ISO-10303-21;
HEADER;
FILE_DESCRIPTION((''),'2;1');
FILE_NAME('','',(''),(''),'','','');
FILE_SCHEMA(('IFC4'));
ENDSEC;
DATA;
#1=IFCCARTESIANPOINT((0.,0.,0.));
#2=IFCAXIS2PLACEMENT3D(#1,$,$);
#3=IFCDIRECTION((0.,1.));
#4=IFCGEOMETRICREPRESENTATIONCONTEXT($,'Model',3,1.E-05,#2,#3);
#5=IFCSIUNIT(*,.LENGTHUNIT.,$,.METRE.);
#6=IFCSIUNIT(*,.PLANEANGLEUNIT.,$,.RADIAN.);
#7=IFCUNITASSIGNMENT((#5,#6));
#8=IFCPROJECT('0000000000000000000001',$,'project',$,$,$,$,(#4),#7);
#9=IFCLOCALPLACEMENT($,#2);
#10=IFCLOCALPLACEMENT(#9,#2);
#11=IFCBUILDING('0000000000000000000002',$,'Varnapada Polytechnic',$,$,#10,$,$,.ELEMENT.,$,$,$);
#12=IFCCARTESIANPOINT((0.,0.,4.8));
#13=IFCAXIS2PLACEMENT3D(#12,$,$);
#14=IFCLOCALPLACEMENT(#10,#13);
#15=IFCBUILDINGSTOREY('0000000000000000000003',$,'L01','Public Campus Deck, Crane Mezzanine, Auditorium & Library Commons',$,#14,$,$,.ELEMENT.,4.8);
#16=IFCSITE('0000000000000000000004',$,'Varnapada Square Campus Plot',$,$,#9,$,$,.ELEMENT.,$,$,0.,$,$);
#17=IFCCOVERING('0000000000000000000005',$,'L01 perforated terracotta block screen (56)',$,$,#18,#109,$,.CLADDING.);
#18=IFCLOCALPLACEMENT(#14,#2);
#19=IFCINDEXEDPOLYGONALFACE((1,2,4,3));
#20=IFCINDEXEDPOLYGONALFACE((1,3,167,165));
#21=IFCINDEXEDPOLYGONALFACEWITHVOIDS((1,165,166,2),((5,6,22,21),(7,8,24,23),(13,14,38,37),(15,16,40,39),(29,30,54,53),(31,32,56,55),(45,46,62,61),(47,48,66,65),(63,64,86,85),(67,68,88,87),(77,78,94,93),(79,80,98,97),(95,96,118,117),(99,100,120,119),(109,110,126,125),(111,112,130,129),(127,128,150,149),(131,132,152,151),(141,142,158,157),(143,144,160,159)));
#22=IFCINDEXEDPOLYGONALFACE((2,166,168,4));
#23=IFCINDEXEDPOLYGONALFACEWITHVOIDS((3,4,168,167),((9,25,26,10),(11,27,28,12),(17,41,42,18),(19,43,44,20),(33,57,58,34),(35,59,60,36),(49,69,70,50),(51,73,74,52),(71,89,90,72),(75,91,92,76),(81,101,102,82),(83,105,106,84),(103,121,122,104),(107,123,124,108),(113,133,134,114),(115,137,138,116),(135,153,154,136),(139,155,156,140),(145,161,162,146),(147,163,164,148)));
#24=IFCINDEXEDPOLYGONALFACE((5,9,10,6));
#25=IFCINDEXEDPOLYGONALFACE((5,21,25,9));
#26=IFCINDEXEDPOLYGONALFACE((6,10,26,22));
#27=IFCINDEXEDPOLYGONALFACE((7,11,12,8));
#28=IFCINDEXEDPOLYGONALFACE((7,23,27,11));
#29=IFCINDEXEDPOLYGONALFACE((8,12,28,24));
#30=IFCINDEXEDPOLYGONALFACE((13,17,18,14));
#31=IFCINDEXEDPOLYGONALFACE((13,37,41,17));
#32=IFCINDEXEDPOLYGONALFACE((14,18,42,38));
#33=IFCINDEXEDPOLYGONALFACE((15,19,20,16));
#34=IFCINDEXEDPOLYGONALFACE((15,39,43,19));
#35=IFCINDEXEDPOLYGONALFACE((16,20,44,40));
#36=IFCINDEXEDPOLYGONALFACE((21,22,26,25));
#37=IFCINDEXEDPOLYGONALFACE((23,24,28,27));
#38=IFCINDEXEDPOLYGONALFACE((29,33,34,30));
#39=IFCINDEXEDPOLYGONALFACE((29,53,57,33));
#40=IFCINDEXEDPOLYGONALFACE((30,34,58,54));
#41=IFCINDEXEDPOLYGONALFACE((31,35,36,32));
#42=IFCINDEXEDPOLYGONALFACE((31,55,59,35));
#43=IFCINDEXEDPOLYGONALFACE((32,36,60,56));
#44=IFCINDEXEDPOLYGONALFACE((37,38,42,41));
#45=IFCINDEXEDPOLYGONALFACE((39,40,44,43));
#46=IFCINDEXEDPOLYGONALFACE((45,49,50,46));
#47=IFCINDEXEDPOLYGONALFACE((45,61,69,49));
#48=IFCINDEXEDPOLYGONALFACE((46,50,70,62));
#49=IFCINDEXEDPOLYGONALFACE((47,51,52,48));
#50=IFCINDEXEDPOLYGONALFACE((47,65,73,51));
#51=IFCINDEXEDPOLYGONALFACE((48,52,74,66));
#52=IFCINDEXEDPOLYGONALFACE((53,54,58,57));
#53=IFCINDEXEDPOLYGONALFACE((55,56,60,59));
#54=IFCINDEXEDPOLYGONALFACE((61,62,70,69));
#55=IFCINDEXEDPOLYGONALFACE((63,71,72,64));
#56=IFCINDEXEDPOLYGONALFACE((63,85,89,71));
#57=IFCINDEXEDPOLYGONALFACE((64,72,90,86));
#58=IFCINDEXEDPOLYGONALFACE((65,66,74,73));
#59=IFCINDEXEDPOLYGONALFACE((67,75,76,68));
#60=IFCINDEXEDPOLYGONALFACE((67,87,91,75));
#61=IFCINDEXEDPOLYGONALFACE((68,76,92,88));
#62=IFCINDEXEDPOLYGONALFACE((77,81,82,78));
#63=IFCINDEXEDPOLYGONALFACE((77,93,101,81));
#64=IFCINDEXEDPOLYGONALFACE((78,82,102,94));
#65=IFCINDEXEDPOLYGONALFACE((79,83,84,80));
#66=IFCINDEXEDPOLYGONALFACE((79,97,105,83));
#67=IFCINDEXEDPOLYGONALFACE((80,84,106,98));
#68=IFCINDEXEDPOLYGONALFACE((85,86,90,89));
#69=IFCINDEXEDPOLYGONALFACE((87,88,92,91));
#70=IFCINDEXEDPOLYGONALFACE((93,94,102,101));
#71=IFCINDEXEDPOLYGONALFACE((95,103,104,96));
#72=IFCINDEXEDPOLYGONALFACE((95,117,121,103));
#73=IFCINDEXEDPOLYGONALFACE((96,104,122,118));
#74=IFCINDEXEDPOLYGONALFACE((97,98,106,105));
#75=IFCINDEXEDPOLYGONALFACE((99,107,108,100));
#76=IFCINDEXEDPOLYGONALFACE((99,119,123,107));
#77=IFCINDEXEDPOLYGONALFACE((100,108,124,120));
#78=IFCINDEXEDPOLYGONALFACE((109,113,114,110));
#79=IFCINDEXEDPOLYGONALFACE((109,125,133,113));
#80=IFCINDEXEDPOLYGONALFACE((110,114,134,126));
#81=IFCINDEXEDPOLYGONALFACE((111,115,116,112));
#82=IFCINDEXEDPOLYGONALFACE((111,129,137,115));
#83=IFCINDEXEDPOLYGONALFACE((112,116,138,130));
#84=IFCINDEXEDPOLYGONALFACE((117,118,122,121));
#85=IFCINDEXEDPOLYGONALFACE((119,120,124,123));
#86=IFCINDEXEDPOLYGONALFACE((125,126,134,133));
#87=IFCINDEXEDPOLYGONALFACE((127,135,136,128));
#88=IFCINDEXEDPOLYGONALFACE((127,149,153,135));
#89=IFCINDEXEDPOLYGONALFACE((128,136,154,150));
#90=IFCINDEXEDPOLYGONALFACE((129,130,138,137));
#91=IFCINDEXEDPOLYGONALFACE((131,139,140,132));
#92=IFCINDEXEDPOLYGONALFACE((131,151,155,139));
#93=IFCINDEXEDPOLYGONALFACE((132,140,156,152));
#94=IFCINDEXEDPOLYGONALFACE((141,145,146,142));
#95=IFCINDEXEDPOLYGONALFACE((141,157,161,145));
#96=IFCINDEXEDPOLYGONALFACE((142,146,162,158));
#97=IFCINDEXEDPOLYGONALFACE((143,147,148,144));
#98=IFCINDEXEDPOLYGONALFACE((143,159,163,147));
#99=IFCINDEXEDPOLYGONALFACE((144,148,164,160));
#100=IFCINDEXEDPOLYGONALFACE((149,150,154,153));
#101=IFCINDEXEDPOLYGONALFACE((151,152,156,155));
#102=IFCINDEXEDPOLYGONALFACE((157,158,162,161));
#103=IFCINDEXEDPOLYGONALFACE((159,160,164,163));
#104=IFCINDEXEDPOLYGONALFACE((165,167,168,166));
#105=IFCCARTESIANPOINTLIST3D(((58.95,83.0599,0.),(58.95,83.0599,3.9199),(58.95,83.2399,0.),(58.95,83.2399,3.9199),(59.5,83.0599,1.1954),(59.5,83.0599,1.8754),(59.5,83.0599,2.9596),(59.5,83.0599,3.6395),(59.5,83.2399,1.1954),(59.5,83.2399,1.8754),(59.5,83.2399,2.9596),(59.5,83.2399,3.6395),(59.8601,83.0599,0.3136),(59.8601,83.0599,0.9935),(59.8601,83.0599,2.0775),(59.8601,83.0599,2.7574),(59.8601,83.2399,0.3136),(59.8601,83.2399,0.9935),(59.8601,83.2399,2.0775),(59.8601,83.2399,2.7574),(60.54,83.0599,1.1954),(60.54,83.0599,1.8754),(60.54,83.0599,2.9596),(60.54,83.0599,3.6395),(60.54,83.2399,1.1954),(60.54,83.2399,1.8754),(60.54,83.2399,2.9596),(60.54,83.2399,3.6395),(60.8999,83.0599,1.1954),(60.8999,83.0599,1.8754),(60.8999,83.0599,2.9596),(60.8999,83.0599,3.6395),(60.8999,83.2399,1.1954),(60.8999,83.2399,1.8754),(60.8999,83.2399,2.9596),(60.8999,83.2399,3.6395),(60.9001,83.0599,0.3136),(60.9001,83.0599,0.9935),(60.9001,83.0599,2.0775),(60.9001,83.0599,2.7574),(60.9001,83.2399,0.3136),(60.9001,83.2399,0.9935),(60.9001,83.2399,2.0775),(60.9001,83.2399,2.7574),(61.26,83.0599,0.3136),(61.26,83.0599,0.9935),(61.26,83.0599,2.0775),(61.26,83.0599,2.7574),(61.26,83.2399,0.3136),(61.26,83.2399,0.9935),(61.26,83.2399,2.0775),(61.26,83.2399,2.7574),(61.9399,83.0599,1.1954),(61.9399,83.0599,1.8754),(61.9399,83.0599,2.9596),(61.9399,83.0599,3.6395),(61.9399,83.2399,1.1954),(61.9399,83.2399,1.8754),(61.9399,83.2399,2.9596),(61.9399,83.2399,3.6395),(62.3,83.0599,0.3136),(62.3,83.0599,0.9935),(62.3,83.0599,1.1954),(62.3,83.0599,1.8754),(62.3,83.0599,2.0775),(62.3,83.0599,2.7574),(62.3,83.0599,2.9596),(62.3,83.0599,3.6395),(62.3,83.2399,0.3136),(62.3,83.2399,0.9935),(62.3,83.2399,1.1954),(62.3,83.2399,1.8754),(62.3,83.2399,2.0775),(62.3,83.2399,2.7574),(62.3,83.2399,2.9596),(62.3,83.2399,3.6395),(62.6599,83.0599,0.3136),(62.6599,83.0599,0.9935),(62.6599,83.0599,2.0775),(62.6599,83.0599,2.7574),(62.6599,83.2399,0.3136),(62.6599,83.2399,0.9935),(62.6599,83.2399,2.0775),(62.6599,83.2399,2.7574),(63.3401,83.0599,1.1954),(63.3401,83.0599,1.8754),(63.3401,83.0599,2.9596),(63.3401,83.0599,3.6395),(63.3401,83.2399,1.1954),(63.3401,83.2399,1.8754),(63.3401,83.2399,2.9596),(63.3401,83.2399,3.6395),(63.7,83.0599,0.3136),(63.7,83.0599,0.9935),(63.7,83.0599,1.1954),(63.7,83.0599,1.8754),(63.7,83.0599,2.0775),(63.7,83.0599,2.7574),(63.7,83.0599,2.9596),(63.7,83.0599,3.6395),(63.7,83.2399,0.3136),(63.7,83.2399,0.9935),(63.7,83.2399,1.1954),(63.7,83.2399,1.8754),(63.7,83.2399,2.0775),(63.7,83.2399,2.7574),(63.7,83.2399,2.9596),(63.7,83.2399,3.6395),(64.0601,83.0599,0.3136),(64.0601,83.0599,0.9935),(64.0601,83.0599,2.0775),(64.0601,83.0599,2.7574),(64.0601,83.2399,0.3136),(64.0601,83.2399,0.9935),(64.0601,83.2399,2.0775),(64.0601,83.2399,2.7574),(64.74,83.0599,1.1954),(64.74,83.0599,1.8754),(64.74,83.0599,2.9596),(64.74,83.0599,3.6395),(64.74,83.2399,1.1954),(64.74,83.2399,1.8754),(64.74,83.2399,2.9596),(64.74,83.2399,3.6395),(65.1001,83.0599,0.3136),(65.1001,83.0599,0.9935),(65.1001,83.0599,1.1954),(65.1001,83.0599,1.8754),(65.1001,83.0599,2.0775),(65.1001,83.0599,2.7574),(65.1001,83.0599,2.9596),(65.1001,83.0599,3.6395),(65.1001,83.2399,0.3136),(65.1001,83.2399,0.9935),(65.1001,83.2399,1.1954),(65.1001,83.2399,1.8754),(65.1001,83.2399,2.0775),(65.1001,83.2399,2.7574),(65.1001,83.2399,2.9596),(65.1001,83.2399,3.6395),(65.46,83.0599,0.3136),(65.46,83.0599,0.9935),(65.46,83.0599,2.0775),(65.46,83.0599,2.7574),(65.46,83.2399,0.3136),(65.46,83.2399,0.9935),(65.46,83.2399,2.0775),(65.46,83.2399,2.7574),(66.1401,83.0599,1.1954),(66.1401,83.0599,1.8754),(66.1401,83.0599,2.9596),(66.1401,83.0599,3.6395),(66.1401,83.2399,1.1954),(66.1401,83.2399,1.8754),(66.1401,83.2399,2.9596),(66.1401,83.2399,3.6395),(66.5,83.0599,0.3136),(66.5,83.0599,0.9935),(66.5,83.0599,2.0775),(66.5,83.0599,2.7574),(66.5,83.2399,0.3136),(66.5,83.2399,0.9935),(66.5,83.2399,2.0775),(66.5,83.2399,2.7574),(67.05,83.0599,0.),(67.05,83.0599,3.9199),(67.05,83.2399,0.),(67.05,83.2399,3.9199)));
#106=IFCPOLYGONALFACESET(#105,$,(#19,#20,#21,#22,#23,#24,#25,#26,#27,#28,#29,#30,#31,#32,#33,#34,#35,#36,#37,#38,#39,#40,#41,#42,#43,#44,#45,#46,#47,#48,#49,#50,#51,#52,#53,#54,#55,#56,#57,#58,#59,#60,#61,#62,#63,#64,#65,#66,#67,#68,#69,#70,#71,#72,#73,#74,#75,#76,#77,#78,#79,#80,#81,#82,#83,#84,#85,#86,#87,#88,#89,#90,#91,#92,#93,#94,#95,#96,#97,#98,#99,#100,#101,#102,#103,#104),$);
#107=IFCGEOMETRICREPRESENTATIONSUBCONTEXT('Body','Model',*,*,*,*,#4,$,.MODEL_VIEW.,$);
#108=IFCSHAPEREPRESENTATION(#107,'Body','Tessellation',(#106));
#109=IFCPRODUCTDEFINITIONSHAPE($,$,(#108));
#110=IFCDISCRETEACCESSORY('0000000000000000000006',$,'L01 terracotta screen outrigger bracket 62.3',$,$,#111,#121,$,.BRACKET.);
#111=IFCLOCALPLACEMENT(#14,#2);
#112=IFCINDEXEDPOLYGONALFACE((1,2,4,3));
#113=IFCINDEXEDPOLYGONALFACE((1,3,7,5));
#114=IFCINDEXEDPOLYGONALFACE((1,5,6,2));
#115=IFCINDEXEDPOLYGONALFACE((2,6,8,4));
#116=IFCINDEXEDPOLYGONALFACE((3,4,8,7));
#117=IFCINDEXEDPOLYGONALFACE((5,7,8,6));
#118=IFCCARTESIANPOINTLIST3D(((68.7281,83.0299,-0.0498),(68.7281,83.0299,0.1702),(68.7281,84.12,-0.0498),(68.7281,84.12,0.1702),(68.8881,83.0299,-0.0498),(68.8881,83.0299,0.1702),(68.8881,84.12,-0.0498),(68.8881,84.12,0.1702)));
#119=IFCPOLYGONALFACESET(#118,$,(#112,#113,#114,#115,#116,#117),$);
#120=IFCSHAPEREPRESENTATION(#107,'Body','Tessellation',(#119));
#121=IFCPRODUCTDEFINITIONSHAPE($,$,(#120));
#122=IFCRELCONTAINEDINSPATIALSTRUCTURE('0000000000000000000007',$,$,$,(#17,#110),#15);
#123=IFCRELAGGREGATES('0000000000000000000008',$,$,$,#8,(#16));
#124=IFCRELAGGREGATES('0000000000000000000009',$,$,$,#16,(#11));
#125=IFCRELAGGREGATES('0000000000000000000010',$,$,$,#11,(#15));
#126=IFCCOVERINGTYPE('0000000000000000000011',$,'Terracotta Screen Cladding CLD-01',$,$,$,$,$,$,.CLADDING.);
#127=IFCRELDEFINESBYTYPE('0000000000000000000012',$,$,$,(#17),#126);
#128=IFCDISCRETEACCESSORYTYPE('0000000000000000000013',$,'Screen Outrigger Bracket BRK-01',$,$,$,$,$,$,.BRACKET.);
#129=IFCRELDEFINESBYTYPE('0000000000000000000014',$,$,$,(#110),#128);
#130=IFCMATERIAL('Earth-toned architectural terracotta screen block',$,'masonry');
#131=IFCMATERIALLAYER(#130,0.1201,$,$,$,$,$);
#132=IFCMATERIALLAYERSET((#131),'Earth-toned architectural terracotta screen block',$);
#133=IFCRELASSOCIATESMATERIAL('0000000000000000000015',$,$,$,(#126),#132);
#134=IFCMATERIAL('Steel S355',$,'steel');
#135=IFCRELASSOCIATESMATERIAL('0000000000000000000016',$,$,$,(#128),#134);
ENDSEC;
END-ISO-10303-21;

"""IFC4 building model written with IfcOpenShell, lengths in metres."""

from ifc_helpers import new_model, si_unit, direction, frame, frame_2d, origin, origin_2d, place, context, subcontext, project, spatial, rectangle, extrude, material, layer, layer_set, type_object, element, save


model = new_model("IFC4")

# Units and contexts
model_context = context("Model", 3, precision=1e-05, world=origin(), true_north=direction((0.0, 1.0)))
body_context = subcontext(model_context, "Body", "Model", "MODEL_VIEW")
ifc_project = project(units=[si_unit("LENGTHUNIT", "METRE"), si_unit("PLANEANGLEUNIT", "RADIAN")], contexts=[model_context])

# Site, building, storey
site_placement = place(None, origin())
site = spatial("IfcSite", under=ifc_project, at=site_placement, Name="Varnapada Square Campus Plot", CompositionType="ELEMENT", RefElevation=0.0)
building_placement = place(site_placement, origin())
building = spatial("IfcBuilding", under=site, at=building_placement, Name="Varnapada Polytechnic", CompositionType="ELEMENT")
storey_placement = place(building_placement, frame((0.0, 0.0, 4.8)))
storey = spatial("IfcBuildingStorey", under=building, at=storey_placement, Name="L01", Description="Public Campus Deck, Crane Mezzanine, Auditorium & Library Commons", CompositionType="ELEMENT", Elevation=4.8)

# Shared definitions
ifc_material_1 = material(Name="Steel S355", Category="steel")

# Covering, openings
ifc_material_2 = material(Name="Earth-toned architectural terracotta screen block", Category="masonry")
ifc_layer_1 = layer(ifc_material_2, 0.1201)
ifc_layer_set_1 = layer_set([ifc_layer_1], Name="Earth-toned architectural terracotta screen block")
covering_type = type_object("IfcCoveringType", Name="Terracotta Screen Cladding CLD-01", PredefinedType="CLADDING", material=ifc_layer_set_1)
covering_placement = place(storey_placement, frame((67.05, 83.1499, 0.0), z_axis=(0.0, 0.0, 1.0), x_axis=(-1.0, 0.0, 0.0)))
covering = element("IfcCovering", 1, at=covering_placement, inside=storey, type_object=covering_type, Name="L01 perforated terracotta block screen (56)", PredefinedType="CLADDING", context=body_context, shape_type="SweptSolid", body=[
    extrude(rectangle(XDim=8.1001, YDim=0.1799, at=frame_2d((4.05, 0.0))), origin(), (0.0, 0.0, 1.0), 3.9199),
])
opening_1_placement = place(covering_placement, frame((0.55, 0.0, 0.3137)))
element("IfcOpeningElement", 2, at=opening_1_placement, cuts=covering, PredefinedType="OPENING", context=body_context, shape_type="SweptSolid", body=[
    extrude(rectangle(XDim=1.04, YDim=0.6799, at=frame_2d((0.52, 0.3398))), frame((0.0, 0.0999, 0.0), z_axis=(0.0, -1.0, 0.0), x_axis=(1.0, 0.0, 0.0)), (0.0, 0.0, 1.0), 0.2),
])
opening_2_placement = place(covering_placement, frame((1.95, 0.0, 0.3137)))
element("IfcOpeningElement", 3, at=opening_2_placement, cuts=covering, PredefinedType="OPENING", context=body_context, shape_type="SweptSolid", body=[
    extrude(rectangle(XDim=1.04, YDim=0.6799, at=frame_2d((0.52, 0.3398))), frame((0.0, 0.0999, 0.0), z_axis=(0.0, -1.0, 0.0), x_axis=(1.0, 0.0, 0.0)), (0.0, 0.0, 1.0), 0.2),
])
opening_3_placement = place(covering_placement, frame((3.3501, 0.0, 0.3137)))
element("IfcOpeningElement", 4, at=opening_3_placement, cuts=covering, PredefinedType="OPENING", context=body_context, shape_type="SweptSolid", body=[
    extrude(rectangle(XDim=1.04, YDim=0.6799, at=frame_2d((0.52, 0.3398))), frame((0.0, 0.0999, 0.0), z_axis=(0.0, -1.0, 0.0), x_axis=(1.0, 0.0, 0.0)), (0.0, 0.0, 1.0), 0.2),
])
opening_4_placement = place(covering_placement, frame((4.75, 0.0, 0.3137)))
element("IfcOpeningElement", 5, at=opening_4_placement, cuts=covering, PredefinedType="OPENING", context=body_context, shape_type="SweptSolid", body=[
    extrude(rectangle(XDim=1.04, YDim=0.6799, at=frame_2d((0.52, 0.3398))), frame((0.0, 0.0999, 0.0), z_axis=(0.0, -1.0, 0.0), x_axis=(1.0, 0.0, 0.0)), (0.0, 0.0, 1.0), 0.2),
])
opening_5_placement = place(covering_placement, frame((6.1499, 0.0, 0.3137)))
element("IfcOpeningElement", 6, at=opening_5_placement, cuts=covering, PredefinedType="OPENING", context=body_context, shape_type="SweptSolid", body=[
    extrude(rectangle(XDim=1.04, YDim=0.6799, at=frame_2d((0.52, 0.3398))), frame((0.0, 0.0999, 0.0), z_axis=(0.0, -1.0, 0.0), x_axis=(1.0, 0.0, 0.0)), (0.0, 0.0, 1.0), 0.2),
])
opening_6_placement = place(covering_placement, frame((0.9099, 0.0, 1.1956)))
element("IfcOpeningElement", 7, at=opening_6_placement, cuts=covering, PredefinedType="OPENING", context=body_context, shape_type="SweptSolid", body=[
    extrude(rectangle(XDim=1.04, YDim=0.6799, at=frame_2d((0.52, 0.3398))), frame((0.0, 0.0999, 0.0), z_axis=(0.0, -1.0, 0.0), x_axis=(1.0, 0.0, 0.0)), (0.0, 0.0, 1.0), 0.2),
])
opening_7_placement = place(covering_placement, frame((2.3101, 0.0, 1.1956)))
element("IfcOpeningElement", 8, at=opening_7_placement, cuts=covering, PredefinedType="OPENING", context=body_context, shape_type="SweptSolid", body=[
    extrude(rectangle(XDim=1.04, YDim=0.6799, at=frame_2d((0.52, 0.3398))), frame((0.0, 0.0999, 0.0), z_axis=(0.0, -1.0, 0.0), x_axis=(1.0, 0.0, 0.0)), (0.0, 0.0, 1.0), 0.2),
])
opening_8_placement = place(covering_placement, frame((3.71, 0.0, 1.1956)))
element("IfcOpeningElement", 9, at=opening_8_placement, cuts=covering, PredefinedType="OPENING", context=body_context, shape_type="SweptSolid", body=[
    extrude(rectangle(XDim=1.04, YDim=0.6799, at=frame_2d((0.52, 0.3398))), frame((0.0, 0.0999, 0.0), z_axis=(0.0, -1.0, 0.0), x_axis=(1.0, 0.0, 0.0)), (0.0, 0.0, 1.0), 0.2),
])
opening_9_placement = place(covering_placement, frame((5.1101, 0.0, 1.1956)))
element("IfcOpeningElement", 10, at=opening_9_placement, cuts=covering, PredefinedType="OPENING", context=body_context, shape_type="SweptSolid", body=[
    extrude(rectangle(XDim=1.04, YDim=0.6799, at=frame_2d((0.52, 0.3398))), frame((0.0, 0.0999, 0.0), z_axis=(0.0, -1.0, 0.0), x_axis=(1.0, 0.0, 0.0)), (0.0, 0.0, 1.0), 0.2),
])
opening_10_placement = place(covering_placement, frame((6.51, 0.0, 1.1956)))
element("IfcOpeningElement", 11, at=opening_10_placement, cuts=covering, PredefinedType="OPENING", context=body_context, shape_type="SweptSolid", body=[
    extrude(rectangle(XDim=1.04, YDim=0.6799, at=frame_2d((0.52, 0.3398))), frame((0.0, 0.0999, 0.0), z_axis=(0.0, -1.0, 0.0), x_axis=(1.0, 0.0, 0.0)), (0.0, 0.0, 1.0), 0.2),
])
opening_11_placement = place(covering_placement, frame((0.55, 0.0, 2.0776)))
element("IfcOpeningElement", 12, at=opening_11_placement, cuts=covering, PredefinedType="OPENING", context=body_context, shape_type="SweptSolid", body=[
    extrude(rectangle(XDim=1.04, YDim=0.6799, at=frame_2d((0.52, 0.3398))), frame((0.0, 0.0999, 0.0), z_axis=(0.0, -1.0, 0.0), x_axis=(1.0, 0.0, 0.0)), (0.0, 0.0, 1.0), 0.2),
])
opening_12_placement = place(covering_placement, frame((1.95, 0.0, 2.0776)))
element("IfcOpeningElement", 13, at=opening_12_placement, cuts=covering, PredefinedType="OPENING", context=body_context, shape_type="SweptSolid", body=[
    extrude(rectangle(XDim=1.04, YDim=0.6799, at=frame_2d((0.52, 0.3398))), frame((0.0, 0.0999, 0.0), z_axis=(0.0, -1.0, 0.0), x_axis=(1.0, 0.0, 0.0)), (0.0, 0.0, 1.0), 0.2),
])
opening_13_placement = place(covering_placement, frame((3.3501, 0.0, 2.0776)))
element("IfcOpeningElement", 14, at=opening_13_placement, cuts=covering, PredefinedType="OPENING", context=body_context, shape_type="SweptSolid", body=[
    extrude(rectangle(XDim=1.04, YDim=0.6799, at=frame_2d((0.52, 0.3398))), frame((0.0, 0.0999, 0.0), z_axis=(0.0, -1.0, 0.0), x_axis=(1.0, 0.0, 0.0)), (0.0, 0.0, 1.0), 0.2),
])
opening_14_placement = place(covering_placement, frame((4.75, 0.0, 2.0776)))
element("IfcOpeningElement", 15, at=opening_14_placement, cuts=covering, PredefinedType="OPENING", context=body_context, shape_type="SweptSolid", body=[
    extrude(rectangle(XDim=1.04, YDim=0.6799, at=frame_2d((0.52, 0.3398))), frame((0.0, 0.0999, 0.0), z_axis=(0.0, -1.0, 0.0), x_axis=(1.0, 0.0, 0.0)), (0.0, 0.0, 1.0), 0.2),
])
opening_15_placement = place(covering_placement, frame((6.1499, 0.0, 2.0776)))
element("IfcOpeningElement", 16, at=opening_15_placement, cuts=covering, PredefinedType="OPENING", context=body_context, shape_type="SweptSolid", body=[
    extrude(rectangle(XDim=1.04, YDim=0.6799, at=frame_2d((0.52, 0.3398))), frame((0.0, 0.0999, 0.0), z_axis=(0.0, -1.0, 0.0), x_axis=(1.0, 0.0, 0.0)), (0.0, 0.0, 1.0), 0.2),
])
opening_16_placement = place(covering_placement, frame((0.9099, 0.0, 2.9597)))
element("IfcOpeningElement", 17, at=opening_16_placement, cuts=covering, PredefinedType="OPENING", context=body_context, shape_type="SweptSolid", body=[
    extrude(rectangle(XDim=1.04, YDim=0.6799, at=frame_2d((0.52, 0.3398))), frame((0.0, 0.0999, 0.0), z_axis=(0.0, -1.0, 0.0), x_axis=(1.0, 0.0, 0.0)), (0.0, 0.0, 1.0), 0.2),
])
opening_17_placement = place(covering_placement, frame((2.3101, 0.0, 2.9597)))
element("IfcOpeningElement", 18, at=opening_17_placement, cuts=covering, PredefinedType="OPENING", context=body_context, shape_type="SweptSolid", body=[
    extrude(rectangle(XDim=1.04, YDim=0.6799, at=frame_2d((0.52, 0.3398))), frame((0.0, 0.0999, 0.0), z_axis=(0.0, -1.0, 0.0), x_axis=(1.0, 0.0, 0.0)), (0.0, 0.0, 1.0), 0.2),
])
opening_18_placement = place(covering_placement, frame((3.71, 0.0, 2.9597)))
element("IfcOpeningElement", 19, at=opening_18_placement, cuts=covering, PredefinedType="OPENING", context=body_context, shape_type="SweptSolid", body=[
    extrude(rectangle(XDim=1.04, YDim=0.6799, at=frame_2d((0.52, 0.3398))), frame((0.0, 0.0999, 0.0), z_axis=(0.0, -1.0, 0.0), x_axis=(1.0, 0.0, 0.0)), (0.0, 0.0, 1.0), 0.2),
])
opening_19_placement = place(covering_placement, frame((5.1101, 0.0, 2.9597)))
element("IfcOpeningElement", 20, at=opening_19_placement, cuts=covering, PredefinedType="OPENING", context=body_context, shape_type="SweptSolid", body=[
    extrude(rectangle(XDim=1.04, YDim=0.6799, at=frame_2d((0.52, 0.3398))), frame((0.0, 0.0999, 0.0), z_axis=(0.0, -1.0, 0.0), x_axis=(1.0, 0.0, 0.0)), (0.0, 0.0, 1.0), 0.2),
])
opening_20_placement = place(covering_placement, frame((6.51, 0.0, 2.9597)))
element("IfcOpeningElement", 21, at=opening_20_placement, cuts=covering, PredefinedType="OPENING", context=body_context, shape_type="SweptSolid", body=[
    extrude(rectangle(XDim=1.04, YDim=0.6799, at=frame_2d((0.52, 0.3398))), frame((0.0, 0.0999, 0.0), z_axis=(0.0, -1.0, 0.0), x_axis=(1.0, 0.0, 0.0)), (0.0, 0.0, 1.0), 0.2),
])

# Discrete accessory
discrete_accessory_type = type_object("IfcDiscreteAccessoryType", Name="Screen Outrigger Bracket BRK-01", PredefinedType="BRACKET", material=ifc_material_1)
discrete_accessory_placement = place(storey_placement, frame((68.8081, 83.575, -0.0498), z_axis=(0.0, 0.0, 1.0), x_axis=(-1.0, 0.0, 0.0)))
element("IfcDiscreteAccessory", 22, at=discrete_accessory_placement, inside=storey, type_object=discrete_accessory_type, Name="L01 terracotta screen outrigger bracket 62.3", PredefinedType="BRACKET", context=body_context, shape_type="SweptSolid", body=[
    extrude(rectangle(XDim=0.1599, YDim=1.0901, at=origin_2d()), origin(), (0.0, 0.0, 1.0), 0.22),
])

save(model, "model.ifc")
